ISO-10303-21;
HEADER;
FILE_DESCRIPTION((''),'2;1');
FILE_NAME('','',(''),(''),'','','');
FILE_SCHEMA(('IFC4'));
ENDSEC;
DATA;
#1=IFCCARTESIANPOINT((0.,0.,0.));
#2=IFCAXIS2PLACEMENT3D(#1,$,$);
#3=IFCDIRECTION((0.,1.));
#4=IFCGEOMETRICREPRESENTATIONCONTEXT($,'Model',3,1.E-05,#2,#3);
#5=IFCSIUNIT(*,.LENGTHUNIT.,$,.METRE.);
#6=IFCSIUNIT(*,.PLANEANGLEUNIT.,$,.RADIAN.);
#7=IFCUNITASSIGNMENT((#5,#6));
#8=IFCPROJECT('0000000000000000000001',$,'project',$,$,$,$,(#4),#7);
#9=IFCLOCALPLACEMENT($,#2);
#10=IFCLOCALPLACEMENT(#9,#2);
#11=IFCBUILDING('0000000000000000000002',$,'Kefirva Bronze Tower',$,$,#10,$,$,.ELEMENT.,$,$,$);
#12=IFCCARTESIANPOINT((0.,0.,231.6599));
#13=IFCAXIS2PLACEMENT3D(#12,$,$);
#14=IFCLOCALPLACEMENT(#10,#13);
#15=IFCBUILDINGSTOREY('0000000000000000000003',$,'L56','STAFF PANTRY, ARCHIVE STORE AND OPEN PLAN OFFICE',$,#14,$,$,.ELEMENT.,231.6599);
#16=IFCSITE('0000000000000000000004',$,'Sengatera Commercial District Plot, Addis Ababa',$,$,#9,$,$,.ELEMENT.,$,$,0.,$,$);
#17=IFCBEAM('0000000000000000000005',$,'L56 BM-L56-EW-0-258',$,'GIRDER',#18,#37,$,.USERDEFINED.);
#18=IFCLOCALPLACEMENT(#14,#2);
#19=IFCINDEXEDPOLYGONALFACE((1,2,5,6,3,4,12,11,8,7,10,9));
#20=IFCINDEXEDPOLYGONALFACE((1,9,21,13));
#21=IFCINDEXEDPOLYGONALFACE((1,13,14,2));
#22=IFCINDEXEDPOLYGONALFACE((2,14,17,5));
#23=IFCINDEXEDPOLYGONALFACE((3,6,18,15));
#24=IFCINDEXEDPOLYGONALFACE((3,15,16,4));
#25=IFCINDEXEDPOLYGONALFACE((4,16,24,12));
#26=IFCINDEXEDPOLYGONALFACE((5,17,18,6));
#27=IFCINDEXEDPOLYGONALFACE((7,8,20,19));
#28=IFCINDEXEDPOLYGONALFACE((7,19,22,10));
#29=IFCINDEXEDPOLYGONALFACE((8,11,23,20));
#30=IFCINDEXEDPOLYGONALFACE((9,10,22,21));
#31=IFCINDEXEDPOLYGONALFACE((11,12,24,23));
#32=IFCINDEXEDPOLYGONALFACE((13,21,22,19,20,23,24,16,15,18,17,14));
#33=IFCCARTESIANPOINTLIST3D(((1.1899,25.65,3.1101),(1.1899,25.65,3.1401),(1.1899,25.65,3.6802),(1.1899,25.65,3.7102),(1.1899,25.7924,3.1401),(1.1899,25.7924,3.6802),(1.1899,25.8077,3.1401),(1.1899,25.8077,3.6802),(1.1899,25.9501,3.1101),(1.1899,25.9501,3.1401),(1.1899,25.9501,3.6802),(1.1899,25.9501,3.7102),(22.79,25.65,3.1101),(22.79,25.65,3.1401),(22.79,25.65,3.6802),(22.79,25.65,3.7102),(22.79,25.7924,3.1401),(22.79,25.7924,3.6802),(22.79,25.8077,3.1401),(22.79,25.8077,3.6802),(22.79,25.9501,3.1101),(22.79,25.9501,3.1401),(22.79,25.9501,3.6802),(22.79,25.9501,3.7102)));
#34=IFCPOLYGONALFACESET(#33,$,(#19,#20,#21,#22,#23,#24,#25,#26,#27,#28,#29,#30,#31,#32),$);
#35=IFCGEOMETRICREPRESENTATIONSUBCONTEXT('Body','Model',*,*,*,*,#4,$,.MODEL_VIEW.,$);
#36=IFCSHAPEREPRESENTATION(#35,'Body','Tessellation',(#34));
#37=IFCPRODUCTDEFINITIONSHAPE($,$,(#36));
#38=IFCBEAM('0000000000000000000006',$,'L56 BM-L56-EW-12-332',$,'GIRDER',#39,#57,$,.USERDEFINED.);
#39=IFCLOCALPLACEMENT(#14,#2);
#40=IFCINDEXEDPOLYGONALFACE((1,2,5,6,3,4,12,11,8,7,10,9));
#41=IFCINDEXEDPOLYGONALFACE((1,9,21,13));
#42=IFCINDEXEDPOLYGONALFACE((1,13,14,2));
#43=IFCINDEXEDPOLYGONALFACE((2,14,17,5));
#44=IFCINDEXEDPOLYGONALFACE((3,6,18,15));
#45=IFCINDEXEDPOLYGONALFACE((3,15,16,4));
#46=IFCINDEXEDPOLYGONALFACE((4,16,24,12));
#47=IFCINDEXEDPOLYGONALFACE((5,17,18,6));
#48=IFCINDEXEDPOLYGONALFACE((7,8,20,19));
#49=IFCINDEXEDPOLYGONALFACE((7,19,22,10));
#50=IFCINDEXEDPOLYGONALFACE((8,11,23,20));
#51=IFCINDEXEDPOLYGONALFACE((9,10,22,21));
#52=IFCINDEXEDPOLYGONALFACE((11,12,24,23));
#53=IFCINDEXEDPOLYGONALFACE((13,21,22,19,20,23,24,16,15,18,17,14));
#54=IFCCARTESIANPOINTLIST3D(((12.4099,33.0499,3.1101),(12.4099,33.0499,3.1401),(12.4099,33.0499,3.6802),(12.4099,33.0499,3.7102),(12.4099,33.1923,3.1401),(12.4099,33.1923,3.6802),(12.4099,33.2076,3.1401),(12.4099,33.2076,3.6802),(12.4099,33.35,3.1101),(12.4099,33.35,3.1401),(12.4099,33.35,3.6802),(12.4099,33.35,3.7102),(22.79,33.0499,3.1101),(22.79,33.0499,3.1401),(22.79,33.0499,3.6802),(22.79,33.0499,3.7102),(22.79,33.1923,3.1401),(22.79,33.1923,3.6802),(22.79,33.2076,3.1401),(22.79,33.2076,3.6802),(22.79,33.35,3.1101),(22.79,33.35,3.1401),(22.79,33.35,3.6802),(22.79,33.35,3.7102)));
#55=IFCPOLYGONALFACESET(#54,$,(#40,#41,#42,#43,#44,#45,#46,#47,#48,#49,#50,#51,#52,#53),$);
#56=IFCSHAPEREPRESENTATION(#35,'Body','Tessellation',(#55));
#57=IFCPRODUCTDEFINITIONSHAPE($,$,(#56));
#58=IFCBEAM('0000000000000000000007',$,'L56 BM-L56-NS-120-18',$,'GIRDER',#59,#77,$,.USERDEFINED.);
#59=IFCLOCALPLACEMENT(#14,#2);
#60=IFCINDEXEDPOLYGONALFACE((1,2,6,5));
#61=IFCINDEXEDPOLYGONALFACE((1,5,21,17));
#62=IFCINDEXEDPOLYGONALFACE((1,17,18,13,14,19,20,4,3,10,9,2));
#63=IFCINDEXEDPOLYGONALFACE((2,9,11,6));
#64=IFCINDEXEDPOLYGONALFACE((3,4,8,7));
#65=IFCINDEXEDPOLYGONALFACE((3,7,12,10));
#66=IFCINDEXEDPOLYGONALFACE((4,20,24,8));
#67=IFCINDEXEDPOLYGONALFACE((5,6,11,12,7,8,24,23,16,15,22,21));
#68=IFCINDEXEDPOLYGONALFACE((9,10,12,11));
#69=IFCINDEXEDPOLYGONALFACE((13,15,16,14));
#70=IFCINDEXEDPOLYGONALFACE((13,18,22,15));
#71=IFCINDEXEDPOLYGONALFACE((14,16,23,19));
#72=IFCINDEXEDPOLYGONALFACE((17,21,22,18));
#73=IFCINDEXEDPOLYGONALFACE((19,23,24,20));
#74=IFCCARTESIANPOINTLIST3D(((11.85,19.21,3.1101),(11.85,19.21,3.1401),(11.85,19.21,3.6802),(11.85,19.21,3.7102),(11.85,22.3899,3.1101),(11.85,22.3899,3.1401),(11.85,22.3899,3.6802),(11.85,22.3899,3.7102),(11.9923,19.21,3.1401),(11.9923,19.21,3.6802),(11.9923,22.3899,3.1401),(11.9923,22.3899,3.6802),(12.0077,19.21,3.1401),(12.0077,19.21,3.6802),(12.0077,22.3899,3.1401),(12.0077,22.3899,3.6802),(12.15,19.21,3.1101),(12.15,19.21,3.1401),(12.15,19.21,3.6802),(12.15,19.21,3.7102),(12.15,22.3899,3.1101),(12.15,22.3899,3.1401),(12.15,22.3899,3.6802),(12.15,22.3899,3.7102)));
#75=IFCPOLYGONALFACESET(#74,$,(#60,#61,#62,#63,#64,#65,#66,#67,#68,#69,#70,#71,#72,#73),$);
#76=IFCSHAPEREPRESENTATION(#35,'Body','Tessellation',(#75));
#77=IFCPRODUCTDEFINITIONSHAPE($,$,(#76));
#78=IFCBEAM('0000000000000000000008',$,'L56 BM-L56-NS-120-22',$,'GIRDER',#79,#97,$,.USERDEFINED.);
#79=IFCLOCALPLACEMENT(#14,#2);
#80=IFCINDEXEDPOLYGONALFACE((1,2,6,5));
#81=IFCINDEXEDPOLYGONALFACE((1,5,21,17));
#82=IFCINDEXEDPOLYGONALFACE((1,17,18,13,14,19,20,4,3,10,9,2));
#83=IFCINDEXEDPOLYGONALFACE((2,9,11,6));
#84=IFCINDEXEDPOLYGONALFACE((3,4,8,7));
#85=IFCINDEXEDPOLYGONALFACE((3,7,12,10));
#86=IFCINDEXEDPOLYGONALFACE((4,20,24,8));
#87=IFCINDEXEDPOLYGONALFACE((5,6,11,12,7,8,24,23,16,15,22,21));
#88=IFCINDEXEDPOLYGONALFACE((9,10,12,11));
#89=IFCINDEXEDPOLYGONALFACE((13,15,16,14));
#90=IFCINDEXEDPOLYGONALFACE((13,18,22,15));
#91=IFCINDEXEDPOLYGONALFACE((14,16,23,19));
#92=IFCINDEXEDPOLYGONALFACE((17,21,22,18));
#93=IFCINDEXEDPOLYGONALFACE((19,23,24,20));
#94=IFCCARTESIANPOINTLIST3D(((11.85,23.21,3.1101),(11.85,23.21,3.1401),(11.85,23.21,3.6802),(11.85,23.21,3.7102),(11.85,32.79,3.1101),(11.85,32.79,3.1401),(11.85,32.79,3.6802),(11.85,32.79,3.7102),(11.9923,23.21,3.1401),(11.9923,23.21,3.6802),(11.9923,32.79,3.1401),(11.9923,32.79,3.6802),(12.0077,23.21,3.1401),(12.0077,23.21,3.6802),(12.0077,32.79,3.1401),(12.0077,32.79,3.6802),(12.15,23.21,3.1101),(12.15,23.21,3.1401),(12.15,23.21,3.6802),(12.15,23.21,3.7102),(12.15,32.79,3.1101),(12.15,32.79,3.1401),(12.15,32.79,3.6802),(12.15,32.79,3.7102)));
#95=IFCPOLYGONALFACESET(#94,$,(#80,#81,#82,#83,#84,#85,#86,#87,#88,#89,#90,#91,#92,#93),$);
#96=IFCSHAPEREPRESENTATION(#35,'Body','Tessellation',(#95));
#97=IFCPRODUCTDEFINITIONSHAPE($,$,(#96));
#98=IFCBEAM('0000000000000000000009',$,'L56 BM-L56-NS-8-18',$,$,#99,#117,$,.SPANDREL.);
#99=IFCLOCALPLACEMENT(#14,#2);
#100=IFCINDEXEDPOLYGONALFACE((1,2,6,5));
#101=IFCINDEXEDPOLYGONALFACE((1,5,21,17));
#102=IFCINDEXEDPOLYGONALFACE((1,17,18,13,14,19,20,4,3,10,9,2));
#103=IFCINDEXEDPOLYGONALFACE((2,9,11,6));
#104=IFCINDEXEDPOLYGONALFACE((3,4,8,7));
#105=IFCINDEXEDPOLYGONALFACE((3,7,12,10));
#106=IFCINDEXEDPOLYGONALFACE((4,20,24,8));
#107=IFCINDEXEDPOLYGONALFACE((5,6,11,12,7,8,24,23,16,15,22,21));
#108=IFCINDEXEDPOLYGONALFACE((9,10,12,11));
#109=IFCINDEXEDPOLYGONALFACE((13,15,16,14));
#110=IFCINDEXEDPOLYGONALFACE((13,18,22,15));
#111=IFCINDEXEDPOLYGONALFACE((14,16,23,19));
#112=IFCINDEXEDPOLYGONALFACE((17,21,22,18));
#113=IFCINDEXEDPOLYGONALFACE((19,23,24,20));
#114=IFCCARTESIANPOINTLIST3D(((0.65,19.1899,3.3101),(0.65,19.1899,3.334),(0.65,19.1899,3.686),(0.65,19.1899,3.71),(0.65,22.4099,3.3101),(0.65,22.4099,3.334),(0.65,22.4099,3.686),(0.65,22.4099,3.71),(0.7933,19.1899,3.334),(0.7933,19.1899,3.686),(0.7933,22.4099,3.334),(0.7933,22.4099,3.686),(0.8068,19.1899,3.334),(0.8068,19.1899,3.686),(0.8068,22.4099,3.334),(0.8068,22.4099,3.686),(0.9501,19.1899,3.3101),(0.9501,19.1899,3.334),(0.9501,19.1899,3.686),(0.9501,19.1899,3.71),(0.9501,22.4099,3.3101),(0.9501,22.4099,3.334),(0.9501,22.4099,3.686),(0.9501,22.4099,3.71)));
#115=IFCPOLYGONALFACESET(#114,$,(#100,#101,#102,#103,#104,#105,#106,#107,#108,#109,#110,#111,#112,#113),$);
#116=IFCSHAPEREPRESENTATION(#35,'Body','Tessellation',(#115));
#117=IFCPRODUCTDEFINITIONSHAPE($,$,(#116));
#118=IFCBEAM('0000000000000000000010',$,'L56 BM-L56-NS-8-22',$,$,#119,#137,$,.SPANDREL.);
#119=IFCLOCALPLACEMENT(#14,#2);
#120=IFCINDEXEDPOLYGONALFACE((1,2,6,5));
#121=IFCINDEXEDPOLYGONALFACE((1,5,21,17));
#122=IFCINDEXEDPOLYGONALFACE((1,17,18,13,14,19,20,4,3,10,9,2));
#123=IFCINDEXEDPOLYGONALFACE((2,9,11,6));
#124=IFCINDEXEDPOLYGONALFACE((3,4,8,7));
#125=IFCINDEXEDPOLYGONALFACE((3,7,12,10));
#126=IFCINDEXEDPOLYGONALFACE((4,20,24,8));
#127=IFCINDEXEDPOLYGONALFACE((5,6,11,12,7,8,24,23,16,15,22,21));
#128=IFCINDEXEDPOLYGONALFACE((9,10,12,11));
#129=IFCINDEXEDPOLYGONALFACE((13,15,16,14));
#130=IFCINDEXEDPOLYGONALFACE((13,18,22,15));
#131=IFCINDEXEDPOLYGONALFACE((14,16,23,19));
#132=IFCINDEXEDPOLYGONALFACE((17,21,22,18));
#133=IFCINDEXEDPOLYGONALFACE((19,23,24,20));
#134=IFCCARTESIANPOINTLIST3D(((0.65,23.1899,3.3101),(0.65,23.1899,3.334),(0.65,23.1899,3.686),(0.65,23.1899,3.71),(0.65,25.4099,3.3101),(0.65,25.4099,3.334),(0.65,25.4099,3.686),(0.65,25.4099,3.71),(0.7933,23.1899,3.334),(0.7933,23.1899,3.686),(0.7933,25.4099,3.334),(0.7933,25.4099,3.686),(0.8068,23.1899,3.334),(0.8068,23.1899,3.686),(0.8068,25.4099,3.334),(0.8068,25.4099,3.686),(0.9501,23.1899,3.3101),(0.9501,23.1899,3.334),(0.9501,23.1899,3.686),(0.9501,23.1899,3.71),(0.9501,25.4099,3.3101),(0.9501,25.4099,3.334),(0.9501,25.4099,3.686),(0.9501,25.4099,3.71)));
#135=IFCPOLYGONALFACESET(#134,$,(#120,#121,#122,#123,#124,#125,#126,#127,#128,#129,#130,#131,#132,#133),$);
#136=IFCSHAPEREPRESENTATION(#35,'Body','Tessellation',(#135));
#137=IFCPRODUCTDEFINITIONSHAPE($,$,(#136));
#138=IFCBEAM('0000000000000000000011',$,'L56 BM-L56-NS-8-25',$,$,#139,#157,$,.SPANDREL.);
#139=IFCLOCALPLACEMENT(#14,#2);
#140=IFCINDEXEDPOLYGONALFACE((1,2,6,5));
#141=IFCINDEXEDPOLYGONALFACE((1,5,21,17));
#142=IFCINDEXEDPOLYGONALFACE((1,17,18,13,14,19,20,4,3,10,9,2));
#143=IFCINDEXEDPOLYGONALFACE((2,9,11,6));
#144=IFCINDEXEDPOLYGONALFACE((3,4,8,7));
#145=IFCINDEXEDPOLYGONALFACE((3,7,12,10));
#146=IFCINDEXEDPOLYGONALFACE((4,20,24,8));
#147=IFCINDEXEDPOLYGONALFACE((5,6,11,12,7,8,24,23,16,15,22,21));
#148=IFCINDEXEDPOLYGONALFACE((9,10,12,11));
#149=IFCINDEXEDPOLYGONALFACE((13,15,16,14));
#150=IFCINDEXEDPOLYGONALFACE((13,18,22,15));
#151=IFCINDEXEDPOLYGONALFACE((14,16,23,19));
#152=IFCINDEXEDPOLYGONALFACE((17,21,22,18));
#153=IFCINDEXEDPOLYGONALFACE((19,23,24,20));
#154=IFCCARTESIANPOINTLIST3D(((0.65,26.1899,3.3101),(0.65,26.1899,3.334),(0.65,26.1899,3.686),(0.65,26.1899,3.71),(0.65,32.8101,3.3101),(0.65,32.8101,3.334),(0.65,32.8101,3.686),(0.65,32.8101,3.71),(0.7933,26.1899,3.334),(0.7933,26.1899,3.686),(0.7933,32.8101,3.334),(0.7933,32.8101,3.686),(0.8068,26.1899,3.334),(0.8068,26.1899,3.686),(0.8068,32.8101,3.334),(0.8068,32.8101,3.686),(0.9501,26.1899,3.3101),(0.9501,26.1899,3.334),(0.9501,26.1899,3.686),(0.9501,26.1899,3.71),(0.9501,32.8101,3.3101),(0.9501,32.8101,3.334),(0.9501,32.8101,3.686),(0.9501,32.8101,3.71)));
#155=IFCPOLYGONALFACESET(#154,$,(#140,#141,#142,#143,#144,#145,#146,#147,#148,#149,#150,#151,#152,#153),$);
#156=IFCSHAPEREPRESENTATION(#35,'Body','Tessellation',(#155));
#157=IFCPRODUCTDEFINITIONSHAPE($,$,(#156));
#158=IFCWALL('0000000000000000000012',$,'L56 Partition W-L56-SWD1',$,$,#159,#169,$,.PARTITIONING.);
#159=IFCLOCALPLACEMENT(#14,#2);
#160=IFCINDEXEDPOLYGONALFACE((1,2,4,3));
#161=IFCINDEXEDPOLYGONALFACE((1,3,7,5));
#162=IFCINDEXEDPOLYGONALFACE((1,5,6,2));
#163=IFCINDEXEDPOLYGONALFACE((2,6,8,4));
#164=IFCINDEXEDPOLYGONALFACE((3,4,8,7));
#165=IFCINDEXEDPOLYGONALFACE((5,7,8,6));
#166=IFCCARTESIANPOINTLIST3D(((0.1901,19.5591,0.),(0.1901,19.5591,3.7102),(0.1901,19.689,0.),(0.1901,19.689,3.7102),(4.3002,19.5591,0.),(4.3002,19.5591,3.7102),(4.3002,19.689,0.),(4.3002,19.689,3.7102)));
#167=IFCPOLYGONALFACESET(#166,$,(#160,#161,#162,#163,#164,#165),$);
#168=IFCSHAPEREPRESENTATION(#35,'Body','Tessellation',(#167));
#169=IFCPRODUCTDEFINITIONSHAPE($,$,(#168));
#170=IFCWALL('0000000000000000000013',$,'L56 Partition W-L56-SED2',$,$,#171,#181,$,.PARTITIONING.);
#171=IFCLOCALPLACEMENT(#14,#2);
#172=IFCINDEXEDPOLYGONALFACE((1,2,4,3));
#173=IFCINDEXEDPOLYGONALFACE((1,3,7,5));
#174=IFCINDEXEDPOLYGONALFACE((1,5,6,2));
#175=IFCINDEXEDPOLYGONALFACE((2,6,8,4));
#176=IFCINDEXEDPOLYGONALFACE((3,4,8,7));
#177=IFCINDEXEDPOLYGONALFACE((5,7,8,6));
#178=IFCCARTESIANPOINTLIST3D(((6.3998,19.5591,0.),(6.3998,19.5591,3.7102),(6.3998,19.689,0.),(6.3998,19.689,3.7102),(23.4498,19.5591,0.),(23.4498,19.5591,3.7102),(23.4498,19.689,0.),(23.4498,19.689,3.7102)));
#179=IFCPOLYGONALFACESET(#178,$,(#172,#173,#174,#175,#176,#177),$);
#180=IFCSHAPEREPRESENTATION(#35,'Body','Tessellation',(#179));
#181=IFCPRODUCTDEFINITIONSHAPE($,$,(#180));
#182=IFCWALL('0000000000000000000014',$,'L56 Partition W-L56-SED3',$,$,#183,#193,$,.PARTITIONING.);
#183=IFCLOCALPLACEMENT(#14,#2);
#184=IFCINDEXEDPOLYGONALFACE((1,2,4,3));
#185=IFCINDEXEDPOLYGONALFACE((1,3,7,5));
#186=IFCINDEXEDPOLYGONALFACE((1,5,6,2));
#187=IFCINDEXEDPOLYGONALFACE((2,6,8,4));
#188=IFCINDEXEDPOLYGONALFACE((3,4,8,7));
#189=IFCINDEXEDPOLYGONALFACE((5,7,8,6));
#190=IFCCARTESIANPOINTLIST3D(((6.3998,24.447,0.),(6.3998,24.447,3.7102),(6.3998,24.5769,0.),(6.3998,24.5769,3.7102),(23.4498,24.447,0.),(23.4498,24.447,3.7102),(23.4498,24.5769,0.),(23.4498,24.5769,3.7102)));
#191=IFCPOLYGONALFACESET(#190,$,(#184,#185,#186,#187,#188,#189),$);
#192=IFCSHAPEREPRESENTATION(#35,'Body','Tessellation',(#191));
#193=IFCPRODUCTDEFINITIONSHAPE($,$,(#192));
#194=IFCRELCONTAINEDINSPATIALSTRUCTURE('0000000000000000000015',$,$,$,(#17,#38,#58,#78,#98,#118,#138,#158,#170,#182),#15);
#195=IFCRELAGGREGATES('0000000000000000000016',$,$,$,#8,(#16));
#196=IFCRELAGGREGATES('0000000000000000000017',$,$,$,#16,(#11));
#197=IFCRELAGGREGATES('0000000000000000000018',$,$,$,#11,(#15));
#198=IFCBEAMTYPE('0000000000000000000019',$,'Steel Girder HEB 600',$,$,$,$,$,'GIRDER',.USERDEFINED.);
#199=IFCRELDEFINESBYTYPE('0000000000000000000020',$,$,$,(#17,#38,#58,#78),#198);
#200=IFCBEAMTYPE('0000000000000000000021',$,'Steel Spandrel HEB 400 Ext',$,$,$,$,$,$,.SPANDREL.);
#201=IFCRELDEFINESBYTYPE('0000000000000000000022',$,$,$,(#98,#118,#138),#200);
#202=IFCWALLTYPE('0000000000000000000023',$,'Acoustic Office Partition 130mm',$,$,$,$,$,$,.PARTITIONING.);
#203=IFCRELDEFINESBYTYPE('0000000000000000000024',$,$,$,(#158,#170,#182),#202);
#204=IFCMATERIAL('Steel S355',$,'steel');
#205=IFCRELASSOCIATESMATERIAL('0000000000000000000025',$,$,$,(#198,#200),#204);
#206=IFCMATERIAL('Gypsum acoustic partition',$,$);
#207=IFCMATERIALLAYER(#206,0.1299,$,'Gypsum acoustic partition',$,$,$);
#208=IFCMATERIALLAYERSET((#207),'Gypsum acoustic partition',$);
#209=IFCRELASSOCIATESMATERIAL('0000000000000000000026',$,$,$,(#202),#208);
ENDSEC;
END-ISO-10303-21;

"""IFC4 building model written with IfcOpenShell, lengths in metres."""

from ifc_helpers import new_model, si_unit, direction, frame, frame_2d, origin, origin_2d, place, context, subcontext, project, spatial, rectangle, i_section, extrude, material, layer, layer_set, material_profile, profile_set, type_object, element, save


model = new_model("IFC4")

# Units and contexts
model_context = context("Model", 3, precision=1e-05, world=origin(), true_north=direction((0.0, 1.0)))
body_context = subcontext(model_context, "Body", "Model", "MODEL_VIEW")
ifc_project = project(units=[si_unit("LENGTHUNIT", "METRE"), si_unit("PLANEANGLEUNIT", "RADIAN")], contexts=[model_context])

# Site, building, storey
site_placement = place(None, origin())
site = spatial("IfcSite", under=ifc_project, at=site_placement, Name="Sengatera Commercial District Plot, Addis Ababa", CompositionType="ELEMENT", RefElevation=0.0)
building_placement = place(site_placement, origin())
building = spatial("IfcBuilding", under=site, at=building_placement, Name="Kefirva Bronze Tower", CompositionType="ELEMENT")
storey_placement = place(building_placement, frame((0.0, 0.0, 231.6599)))
storey = spatial("IfcBuildingStorey", under=building, at=storey_placement, Name="L56", Description="STAFF PANTRY, ARCHIVE STORE AND OPEN PLAN OFFICE", CompositionType="ELEMENT", Elevation=231.6599)

# Beams
ifc_material_1 = material(Name="Steel S355", Category="steel")
ifc_material_profile_1 = material_profile(ifc_material_1, i_section(OverallWidth=0.3, OverallDepth=0.6001, WebThickness=0.0154, FlangeThickness=0.03, at=origin_2d()), Name="HEB 600")
ifc_profile_set_1 = profile_set([ifc_material_profile_1], Name="Steel S355")
beam_type_1 = type_object("IfcBeamType", Name="Steel Girder HEB 600", ElementType="GIRDER", PredefinedType="USERDEFINED", material=ifc_profile_set_1)
beam_1_placement = place(storey_placement, frame((1.1899, 25.8, 3.4102), z_axis=(1.0, 0.0, 0.0), x_axis=(0.0, 1.0, 0.0)))
element("IfcBeam", 1, at=beam_1_placement, inside=storey, type_object=beam_type_1, Name="L56 BM-L56-EW-0-258", ObjectType="GIRDER", PredefinedType="USERDEFINED", context=body_context, shape_type="SweptSolid", body=[
    extrude(i_section(OverallWidth=0.3, OverallDepth=0.6001, WebThickness=0.0154, FlangeThickness=0.03, at=origin_2d()), origin(), (0.0, 0.0, 1.0), 21.6001),
])
beam_2_placement = place(storey_placement, frame((12.4099, 33.2, 3.4102), z_axis=(1.0, 0.0, 0.0), x_axis=(0.0, 1.0, 0.0)))
element("IfcBeam", 2, at=beam_2_placement, inside=storey, type_object=beam_type_1, Name="L56 BM-L56-EW-12-332", ObjectType="GIRDER", PredefinedType="USERDEFINED", context=body_context, shape_type="SweptSolid", body=[
    extrude(i_section(OverallWidth=0.3, OverallDepth=0.6001, WebThickness=0.0154, FlangeThickness=0.03, at=origin_2d()), origin(), (0.0, 0.0, 1.0), 10.3801),
])
beam_3_placement = place(storey_placement, frame((12.0, 19.21, 3.4102), z_axis=(0.0, 1.0, 0.0), x_axis=(-1.0, 0.0, 0.0)))
element("IfcBeam", 3, at=beam_3_placement, inside=storey, type_object=beam_type_1, Name="L56 BM-L56-NS-120-18", ObjectType="GIRDER", PredefinedType="USERDEFINED", context=body_context, shape_type="SweptSolid", body=[
    extrude(i_section(OverallWidth=0.3, OverallDepth=0.6001, WebThickness=0.0154, FlangeThickness=0.03, at=origin_2d()), origin(), (0.0, 0.0, 1.0), 3.1799),
])
beam_4_placement = place(storey_placement, frame((12.0, 23.21, 3.4102), z_axis=(0.0, 1.0, 0.0), x_axis=(-1.0, 0.0, 0.0)))
element("IfcBeam", 4, at=beam_4_placement, inside=storey, type_object=beam_type_1, Name="L56 BM-L56-NS-120-22", ObjectType="GIRDER", PredefinedType="USERDEFINED", context=body_context, shape_type="SweptSolid", body=[
    extrude(i_section(OverallWidth=0.3, OverallDepth=0.6001, WebThickness=0.0154, FlangeThickness=0.03, at=origin_2d()), origin(), (0.0, 0.0, 1.0), 9.5801),
])
ifc_material_profile_2 = material_profile(ifc_material_1, i_section(OverallWidth=0.3, OverallDepth=0.3999, WebThickness=0.0134, FlangeThickness=0.0239, at=origin_2d()), Name="HEB 400")
ifc_profile_set_2 = profile_set([ifc_material_profile_2], Name="Steel S355")
beam_type_2 = type_object("IfcBeamType", Name="Steel Spandrel HEB 400 Ext", PredefinedType="SPANDREL", material=ifc_profile_set_2)
beam_5_placement = place(storey_placement, frame((0.8, 19.1899, 3.51), z_axis=(0.0, 1.0, 0.0), x_axis=(-1.0, 0.0, 0.0)))
element("IfcBeam", 5, at=beam_5_placement, inside=storey, type_object=beam_type_2, Name="L56 BM-L56-NS-8-18", PredefinedType="SPANDREL", context=body_context, shape_type="SweptSolid", body=[
    extrude(i_section(OverallWidth=0.3, OverallDepth=0.3999, WebThickness=0.0134, FlangeThickness=0.0239, at=origin_2d()), origin(), (0.0, 0.0, 1.0), 3.22),
])
beam_6_placement = place(storey_placement, frame((0.8, 23.1899, 3.51), z_axis=(0.0, 1.0, 0.0), x_axis=(-1.0, 0.0, 0.0)))
element("IfcBeam", 6, at=beam_6_placement, inside=storey, type_object=beam_type_2, Name="L56 BM-L56-NS-8-22", PredefinedType="SPANDREL", context=body_context, shape_type="SweptSolid", body=[
    extrude(i_section(OverallWidth=0.3, OverallDepth=0.3999, WebThickness=0.0134, FlangeThickness=0.0239, at=origin_2d()), origin(), (0.0, 0.0, 1.0), 2.22),
])
beam_7_placement = place(storey_placement, frame((0.8, 26.1899, 3.51), z_axis=(0.0, 1.0, 0.0), x_axis=(-1.0, 0.0, 0.0)))
element("IfcBeam", 7, at=beam_7_placement, inside=storey, type_object=beam_type_2, Name="L56 BM-L56-NS-8-25", PredefinedType="SPANDREL", context=body_context, shape_type="SweptSolid", body=[
    extrude(i_section(OverallWidth=0.3, OverallDepth=0.3999, WebThickness=0.0134, FlangeThickness=0.0239, at=origin_2d()), origin(), (0.0, 0.0, 1.0), 6.6201),
])

# Walls
ifc_material_2 = material(Name="Gypsum acoustic partition")
ifc_layer_1 = layer(ifc_material_2, 0.1299, Name="Gypsum acoustic partition")
ifc_layer_set_1 = layer_set([ifc_layer_1], Name="Gypsum acoustic partition")
wall_type_1 = type_object("IfcWallType", Name="Acoustic Office Partition 130mm", PredefinedType="PARTITIONING", material=ifc_layer_set_1)
wall_1_placement = place(storey_placement, frame((0.1899, 19.624, 0.0), z_axis=(0.0, 0.0, 1.0), x_axis=(1.0, 0.0, 0.0)))
element("IfcWall", 8, at=wall_1_placement, inside=storey, type_object=wall_type_1, Name="L56 Partition W-L56-SWD1", PredefinedType="PARTITIONING", context=body_context, shape_type="SweptSolid", body=[
    extrude(rectangle(XDim=4.1101, YDim=0.1299, at=frame_2d((2.0552, 0.0))), origin(), (0.0, 0.0, 1.0), 3.7102),
])
for number, where, z_axis, x_axis, name in (
    (9, (6.3999, 19.624, 0.0), (0.0, 0.0, 1.0), (1.0, 0.0, 0.0), "L56 Partition W-L56-SED2"),
    (10, (6.3999, 24.512, 0.0), (0.0, 0.0, 1.0), (1.0, 0.0, 0.0), "L56 Partition W-L56-SED3"),
):
    element("IfcWall", number, at=place(storey_placement, frame(where, z_axis=z_axis, x_axis=x_axis)), inside=storey, type_object=wall_type_1, Name=name, PredefinedType="PARTITIONING", context=body_context, shape_type="SweptSolid", body=[
        extrude(rectangle(XDim=17.05, YDim=0.1299, at=frame_2d((8.5249, 0.0))), origin(), (0.0, 0.0, 1.0), 3.7102),
    ])

save(model, "model.ifc")
